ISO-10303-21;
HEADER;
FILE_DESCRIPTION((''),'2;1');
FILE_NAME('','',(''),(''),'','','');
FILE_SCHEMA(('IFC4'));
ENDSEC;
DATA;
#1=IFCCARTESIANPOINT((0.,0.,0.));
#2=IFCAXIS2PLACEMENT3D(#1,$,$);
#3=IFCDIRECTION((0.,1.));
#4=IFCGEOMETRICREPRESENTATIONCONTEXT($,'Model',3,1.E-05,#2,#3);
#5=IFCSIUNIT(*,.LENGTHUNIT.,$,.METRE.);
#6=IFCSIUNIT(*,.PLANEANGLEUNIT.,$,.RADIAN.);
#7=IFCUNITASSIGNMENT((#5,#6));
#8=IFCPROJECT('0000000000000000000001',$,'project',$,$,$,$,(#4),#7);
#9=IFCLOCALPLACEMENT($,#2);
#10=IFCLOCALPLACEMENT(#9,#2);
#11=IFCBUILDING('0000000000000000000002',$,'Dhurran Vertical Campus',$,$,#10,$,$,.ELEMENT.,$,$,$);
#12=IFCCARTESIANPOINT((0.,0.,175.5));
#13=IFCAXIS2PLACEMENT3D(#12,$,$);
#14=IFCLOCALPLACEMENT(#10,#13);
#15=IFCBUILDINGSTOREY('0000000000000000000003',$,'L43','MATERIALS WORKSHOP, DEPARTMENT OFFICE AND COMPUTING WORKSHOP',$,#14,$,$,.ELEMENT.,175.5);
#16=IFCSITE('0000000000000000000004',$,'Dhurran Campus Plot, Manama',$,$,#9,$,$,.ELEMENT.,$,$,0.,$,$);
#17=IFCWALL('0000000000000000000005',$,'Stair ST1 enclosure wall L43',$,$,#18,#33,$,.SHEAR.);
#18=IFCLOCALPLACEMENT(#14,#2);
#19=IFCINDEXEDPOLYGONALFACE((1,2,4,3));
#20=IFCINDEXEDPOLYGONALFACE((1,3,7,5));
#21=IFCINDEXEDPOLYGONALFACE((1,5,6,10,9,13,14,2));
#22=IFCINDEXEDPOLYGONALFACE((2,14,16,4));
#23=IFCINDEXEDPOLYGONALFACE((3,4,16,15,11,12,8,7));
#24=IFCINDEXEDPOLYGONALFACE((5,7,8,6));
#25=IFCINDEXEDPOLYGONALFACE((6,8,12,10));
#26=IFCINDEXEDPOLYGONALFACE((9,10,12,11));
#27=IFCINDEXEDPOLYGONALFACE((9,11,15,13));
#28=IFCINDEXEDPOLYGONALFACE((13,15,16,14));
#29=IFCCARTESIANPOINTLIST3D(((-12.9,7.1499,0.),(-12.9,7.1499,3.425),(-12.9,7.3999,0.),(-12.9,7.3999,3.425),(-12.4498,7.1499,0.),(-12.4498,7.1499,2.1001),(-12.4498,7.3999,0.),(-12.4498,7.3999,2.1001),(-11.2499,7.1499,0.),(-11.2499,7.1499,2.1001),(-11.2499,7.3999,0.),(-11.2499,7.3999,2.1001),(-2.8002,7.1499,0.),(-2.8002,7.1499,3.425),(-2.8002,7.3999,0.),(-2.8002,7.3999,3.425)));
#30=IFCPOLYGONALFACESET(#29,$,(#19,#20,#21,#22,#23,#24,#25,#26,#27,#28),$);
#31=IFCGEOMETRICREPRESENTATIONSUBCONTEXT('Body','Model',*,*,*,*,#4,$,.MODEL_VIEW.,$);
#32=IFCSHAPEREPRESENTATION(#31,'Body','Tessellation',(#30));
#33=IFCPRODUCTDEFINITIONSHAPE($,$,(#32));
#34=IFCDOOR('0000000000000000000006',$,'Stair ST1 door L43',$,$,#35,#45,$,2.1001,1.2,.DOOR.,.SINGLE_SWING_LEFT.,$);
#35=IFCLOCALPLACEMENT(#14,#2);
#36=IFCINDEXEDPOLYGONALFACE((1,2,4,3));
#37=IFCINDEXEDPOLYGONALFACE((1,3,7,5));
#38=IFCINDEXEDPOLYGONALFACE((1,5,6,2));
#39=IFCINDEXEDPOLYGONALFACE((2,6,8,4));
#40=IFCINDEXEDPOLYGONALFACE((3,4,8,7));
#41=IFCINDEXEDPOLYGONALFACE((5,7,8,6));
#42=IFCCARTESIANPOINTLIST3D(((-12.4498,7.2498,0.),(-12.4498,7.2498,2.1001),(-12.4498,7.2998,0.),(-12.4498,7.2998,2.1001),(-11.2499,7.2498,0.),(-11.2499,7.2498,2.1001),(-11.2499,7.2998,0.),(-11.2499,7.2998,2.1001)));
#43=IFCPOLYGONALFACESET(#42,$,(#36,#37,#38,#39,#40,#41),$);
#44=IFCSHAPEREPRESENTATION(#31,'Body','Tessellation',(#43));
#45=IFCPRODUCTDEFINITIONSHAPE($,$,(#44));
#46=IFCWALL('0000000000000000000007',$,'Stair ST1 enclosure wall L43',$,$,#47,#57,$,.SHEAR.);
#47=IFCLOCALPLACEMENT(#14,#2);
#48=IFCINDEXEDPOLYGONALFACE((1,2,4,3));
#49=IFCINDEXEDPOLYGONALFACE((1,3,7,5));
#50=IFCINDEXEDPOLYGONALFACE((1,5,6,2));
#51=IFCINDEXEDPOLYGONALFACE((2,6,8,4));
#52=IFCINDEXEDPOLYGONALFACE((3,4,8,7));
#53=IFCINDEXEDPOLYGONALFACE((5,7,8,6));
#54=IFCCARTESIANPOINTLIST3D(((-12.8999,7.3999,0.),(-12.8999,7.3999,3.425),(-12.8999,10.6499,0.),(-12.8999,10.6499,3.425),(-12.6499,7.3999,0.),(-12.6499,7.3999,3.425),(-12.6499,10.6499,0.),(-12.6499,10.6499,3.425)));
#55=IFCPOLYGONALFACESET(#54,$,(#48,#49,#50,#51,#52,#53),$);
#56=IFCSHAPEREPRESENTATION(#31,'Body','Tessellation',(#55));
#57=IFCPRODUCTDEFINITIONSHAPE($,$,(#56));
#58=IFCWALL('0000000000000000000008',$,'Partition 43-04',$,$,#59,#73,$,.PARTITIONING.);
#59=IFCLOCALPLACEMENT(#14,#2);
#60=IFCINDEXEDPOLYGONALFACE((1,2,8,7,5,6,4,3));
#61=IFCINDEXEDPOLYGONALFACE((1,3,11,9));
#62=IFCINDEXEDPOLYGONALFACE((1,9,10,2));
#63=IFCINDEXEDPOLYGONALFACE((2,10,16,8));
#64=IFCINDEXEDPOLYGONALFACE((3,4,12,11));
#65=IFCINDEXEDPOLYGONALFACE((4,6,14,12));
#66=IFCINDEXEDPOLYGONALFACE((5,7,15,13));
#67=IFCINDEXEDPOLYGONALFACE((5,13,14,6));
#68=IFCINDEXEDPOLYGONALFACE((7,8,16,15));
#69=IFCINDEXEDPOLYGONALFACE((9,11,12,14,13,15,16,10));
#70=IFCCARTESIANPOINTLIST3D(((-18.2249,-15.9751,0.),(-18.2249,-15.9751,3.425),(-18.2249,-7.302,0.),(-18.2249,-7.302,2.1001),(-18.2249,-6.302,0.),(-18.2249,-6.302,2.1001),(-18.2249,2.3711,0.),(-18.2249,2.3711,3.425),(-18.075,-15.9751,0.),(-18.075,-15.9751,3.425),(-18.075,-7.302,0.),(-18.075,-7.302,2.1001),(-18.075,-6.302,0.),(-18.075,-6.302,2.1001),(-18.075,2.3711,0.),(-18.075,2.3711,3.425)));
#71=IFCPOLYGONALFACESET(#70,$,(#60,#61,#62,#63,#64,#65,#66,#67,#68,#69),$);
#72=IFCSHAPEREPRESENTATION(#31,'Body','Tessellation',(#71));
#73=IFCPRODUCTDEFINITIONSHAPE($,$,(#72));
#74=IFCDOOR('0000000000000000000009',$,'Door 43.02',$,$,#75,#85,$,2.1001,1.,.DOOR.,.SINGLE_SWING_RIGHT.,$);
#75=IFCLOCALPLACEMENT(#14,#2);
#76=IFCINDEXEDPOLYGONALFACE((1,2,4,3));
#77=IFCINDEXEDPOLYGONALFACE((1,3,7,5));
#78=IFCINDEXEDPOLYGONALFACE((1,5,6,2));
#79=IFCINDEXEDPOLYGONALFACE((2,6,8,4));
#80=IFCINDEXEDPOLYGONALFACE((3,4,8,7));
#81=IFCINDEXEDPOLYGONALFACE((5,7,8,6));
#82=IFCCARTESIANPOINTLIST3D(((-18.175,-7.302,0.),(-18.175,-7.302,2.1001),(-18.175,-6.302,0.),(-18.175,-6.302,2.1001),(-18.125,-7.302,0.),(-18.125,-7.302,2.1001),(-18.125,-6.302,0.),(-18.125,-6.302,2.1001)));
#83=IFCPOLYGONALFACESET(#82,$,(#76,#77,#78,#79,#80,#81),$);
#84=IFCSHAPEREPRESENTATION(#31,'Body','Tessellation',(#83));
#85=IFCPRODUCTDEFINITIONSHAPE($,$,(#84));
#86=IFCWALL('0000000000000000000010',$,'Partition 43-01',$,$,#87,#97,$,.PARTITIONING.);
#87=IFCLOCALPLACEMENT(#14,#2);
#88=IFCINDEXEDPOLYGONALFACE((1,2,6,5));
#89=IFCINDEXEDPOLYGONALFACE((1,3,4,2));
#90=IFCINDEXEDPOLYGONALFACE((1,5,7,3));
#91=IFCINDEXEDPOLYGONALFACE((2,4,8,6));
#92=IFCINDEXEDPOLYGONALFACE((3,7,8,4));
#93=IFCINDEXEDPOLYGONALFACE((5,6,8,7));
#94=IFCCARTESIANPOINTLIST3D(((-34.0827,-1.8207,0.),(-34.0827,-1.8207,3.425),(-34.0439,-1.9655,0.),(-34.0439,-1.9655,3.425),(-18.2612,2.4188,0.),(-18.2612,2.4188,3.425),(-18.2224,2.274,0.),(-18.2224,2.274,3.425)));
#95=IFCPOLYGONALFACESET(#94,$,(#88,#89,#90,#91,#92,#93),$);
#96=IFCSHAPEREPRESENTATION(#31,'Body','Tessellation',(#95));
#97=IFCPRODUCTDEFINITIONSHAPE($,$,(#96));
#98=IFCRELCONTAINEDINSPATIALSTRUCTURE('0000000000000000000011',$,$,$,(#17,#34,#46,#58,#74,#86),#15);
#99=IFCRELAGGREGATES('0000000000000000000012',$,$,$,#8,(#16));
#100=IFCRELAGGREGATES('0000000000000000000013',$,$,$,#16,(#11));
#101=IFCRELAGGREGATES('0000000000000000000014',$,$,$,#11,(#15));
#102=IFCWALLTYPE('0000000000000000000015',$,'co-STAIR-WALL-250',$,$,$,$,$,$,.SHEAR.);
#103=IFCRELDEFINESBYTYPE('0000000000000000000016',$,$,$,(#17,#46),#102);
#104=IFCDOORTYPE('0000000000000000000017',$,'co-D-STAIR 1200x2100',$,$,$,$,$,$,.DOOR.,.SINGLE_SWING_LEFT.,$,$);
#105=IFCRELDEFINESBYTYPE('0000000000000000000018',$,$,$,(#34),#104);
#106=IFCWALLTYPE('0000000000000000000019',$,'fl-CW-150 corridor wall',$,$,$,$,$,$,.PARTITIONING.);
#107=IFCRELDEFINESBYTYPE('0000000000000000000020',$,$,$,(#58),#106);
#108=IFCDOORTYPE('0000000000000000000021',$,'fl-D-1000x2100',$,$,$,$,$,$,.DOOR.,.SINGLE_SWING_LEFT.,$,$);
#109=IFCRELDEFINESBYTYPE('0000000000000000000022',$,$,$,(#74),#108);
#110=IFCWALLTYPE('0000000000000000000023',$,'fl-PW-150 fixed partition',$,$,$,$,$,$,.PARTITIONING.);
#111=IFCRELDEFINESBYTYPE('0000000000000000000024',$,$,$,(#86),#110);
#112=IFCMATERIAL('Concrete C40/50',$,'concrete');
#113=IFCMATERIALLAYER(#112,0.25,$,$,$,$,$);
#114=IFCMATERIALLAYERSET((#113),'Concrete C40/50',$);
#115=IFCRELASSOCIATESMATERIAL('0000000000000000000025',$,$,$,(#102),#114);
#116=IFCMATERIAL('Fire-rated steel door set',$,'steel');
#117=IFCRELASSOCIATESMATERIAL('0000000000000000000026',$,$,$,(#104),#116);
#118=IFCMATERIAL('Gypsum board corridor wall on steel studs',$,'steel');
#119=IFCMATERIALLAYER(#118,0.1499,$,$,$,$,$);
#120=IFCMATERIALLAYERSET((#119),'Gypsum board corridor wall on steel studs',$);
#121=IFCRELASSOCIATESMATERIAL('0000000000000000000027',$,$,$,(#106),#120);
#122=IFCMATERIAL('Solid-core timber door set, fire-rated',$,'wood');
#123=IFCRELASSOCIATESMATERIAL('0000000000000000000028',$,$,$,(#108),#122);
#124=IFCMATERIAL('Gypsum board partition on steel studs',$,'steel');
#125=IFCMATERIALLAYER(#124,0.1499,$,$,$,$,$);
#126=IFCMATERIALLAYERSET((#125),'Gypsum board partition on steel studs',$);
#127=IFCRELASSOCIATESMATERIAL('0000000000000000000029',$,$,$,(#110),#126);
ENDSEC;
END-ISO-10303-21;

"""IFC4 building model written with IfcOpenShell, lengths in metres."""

from ifc_helpers import new_model, si_unit, direction, frame, frame_2d, origin, place, context, subcontext, project, spatial, rectangle, extrude, material, layer, layer_set, type_object, element, fill, save


model = new_model("IFC4")

# Units and contexts
model_context = context("Model", 3, precision=1e-05, world=origin(), true_north=direction((0.0, 1.0)))
body_context = subcontext(model_context, "Body", "Model", "MODEL_VIEW")
ifc_project = project(units=[si_unit("LENGTHUNIT", "METRE"), si_unit("PLANEANGLEUNIT", "RADIAN")], contexts=[model_context])

# Site, building, storey
site_placement = place(None, origin())
site = spatial("IfcSite", under=ifc_project, at=site_placement, Name="Dhurran Campus Plot, Manama", CompositionType="ELEMENT", RefElevation=0.0)
building_placement = place(site_placement, origin())
building = spatial("IfcBuilding", under=site, at=building_placement, Name="Dhurran Vertical Campus", CompositionType="ELEMENT")
storey_placement = place(building_placement, frame((0.0, 0.0, 175.5)))
storey = spatial("IfcBuildingStorey", under=building, at=storey_placement, Name="L43", Description="MATERIALS WORKSHOP, DEPARTMENT OFFICE AND COMPUTING WORKSHOP", CompositionType="ELEMENT", Elevation=175.5)

# Wall, opening, door
ifc_material_1 = material(Name="Concrete C40/50", Category="concrete")
ifc_layer_1 = layer(ifc_material_1, 0.25)
ifc_layer_set_1 = layer_set([ifc_layer_1], Name="Concrete C40/50")
wall_type_1 = type_object("IfcWallType", Name="co-STAIR-WALL-250", PredefinedType="SHEAR", material=ifc_layer_set_1)
wall_1_placement = place(storey_placement, frame((-12.8999, 7.2749, 0.0), z_axis=(0.0, 0.0, 1.0), x_axis=(1.0, 0.0, 0.0)))
wall_1 = element("IfcWall", 1, at=wall_1_placement, inside=storey, type_object=wall_type_1, Name="Stair ST1 enclosure wall L43", PredefinedType="SHEAR", context=body_context, shape_type="SweptSolid", body=[
    extrude(rectangle(XDim=10.0999, YDim=0.25, at=frame_2d((5.0498, 0.0))), origin(), (0.0, 0.0, 1.0), 3.425),
])
opening_1_placement = place(wall_1_placement, frame((0.45, 0.0, 0.0)))
opening_1 = element("IfcOpeningElement", 2, at=opening_1_placement, cuts=wall_1, PredefinedType="OPENING", context=body_context, shape_type="SweptSolid", body=[
    extrude(rectangle(XDim=1.2, YDim=2.1001, at=frame_2d((0.6001, 1.05))), frame((0.0, 0.135, 0.0), z_axis=(0.0, -1.0, 0.0), x_axis=(1.0, 0.0, 0.0)), (0.0, 0.0, 1.0), 0.27),
])
ifc_material_2 = material(Name="Fire-rated steel door set", Category="steel")
door_type_1 = type_object("IfcDoorType", Name="co-D-STAIR 1200x2100", OperationType="SINGLE_SWING_LEFT", PredefinedType="DOOR", material=ifc_material_2)
door_1_placement = place(opening_1_placement, origin())
door_1 = element("IfcDoor", 3, at=door_1_placement, inside=storey, type_object=door_type_1, Name="Stair ST1 door L43", OperationType="SINGLE_SWING_LEFT", OverallHeight=2.1001, OverallWidth=1.2, PredefinedType="DOOR", context=body_context, shape_type="SweptSolid", body=[
    extrude(rectangle(XDim=1.2, YDim=2.1001, at=frame_2d((0.6001, 1.05))), frame((0.0, 0.0249, 0.0), z_axis=(0.0, -1.0, 0.0), x_axis=(1.0, 0.0, 0.0)), (0.0, 0.0, 1.0), 0.05),
])
fill(opening_1, door_1)

# Wall
wall_2_placement = place(storey_placement, frame((-12.7749, 7.3999, 0.0), z_axis=(0.0, 0.0, 1.0), x_axis=(0.0, 1.0, 0.0)))
element("IfcWall", 4, at=wall_2_placement, inside=storey, type_object=wall_type_1, Name="Stair ST1 enclosure wall L43", PredefinedType="SHEAR", context=body_context, shape_type="SweptSolid", body=[
    extrude(rectangle(XDim=3.25, YDim=0.25, at=frame_2d((1.625, 0.0))), origin(), (0.0, 0.0, 1.0), 3.425),
])

# Wall, opening, door
ifc_material_3 = material(Name="Gypsum board corridor wall on steel studs", Category="steel")
ifc_layer_2 = layer(ifc_material_3, 0.1499)
ifc_layer_set_2 = layer_set([ifc_layer_2], Name="Gypsum board corridor wall on steel studs")
wall_type_2 = type_object("IfcWallType", Name="fl-CW-150 corridor wall", PredefinedType="PARTITIONING", material=ifc_layer_set_2)
wall_3_placement = place(storey_placement, frame((-18.1499, 2.3711, 0.0), z_axis=(0.0, 0.0, 1.0), x_axis=(0.0, -1.0, 0.0)))
wall_3 = element("IfcWall", 5, at=wall_3_placement, inside=storey, type_object=wall_type_2, Name="Partition 43-04", PredefinedType="PARTITIONING", context=body_context, shape_type="SweptSolid", body=[
    extrude(rectangle(XDim=18.3462, YDim=0.1499, at=frame_2d((9.1731, 0.0))), origin(), (0.0, 0.0, 1.0), 3.425),
])
opening_2_placement = place(wall_3_placement, frame((8.6731, 0.0, 0.0)))
opening_2 = element("IfcOpeningElement", 6, at=opening_2_placement, cuts=wall_3, PredefinedType="OPENING", context=body_context, shape_type="SweptSolid", body=[
    extrude(rectangle(XDim=1.0, YDim=2.1001, at=frame_2d((0.5, 1.05))), frame((0.0, 0.085, 0.0), z_axis=(0.0, -1.0, 0.0), x_axis=(1.0, 0.0, 0.0)), (0.0, 0.0, 1.0), 0.1699),
])
ifc_material_4 = material(Name="Solid-core timber door set, fire-rated", Category="wood")
door_type_2 = type_object("IfcDoorType", Name="fl-D-1000x2100", OperationType="SINGLE_SWING_LEFT", PredefinedType="DOOR", material=ifc_material_4)
door_2_placement = place(opening_2_placement, origin())
door_2 = element("IfcDoor", 7, at=door_2_placement, inside=storey, type_object=door_type_2, Name="Door 43.02", OperationType="SINGLE_SWING_RIGHT", OverallHeight=2.1001, OverallWidth=1.0, PredefinedType="DOOR", context=body_context, shape_type="SweptSolid", body=[
    extrude(rectangle(XDim=1.0, YDim=2.1001, at=frame_2d((0.5, 1.05))), frame((0.0, 0.0249, 0.0), z_axis=(0.0, -1.0, 0.0), x_axis=(1.0, 0.0, 0.0)), (0.0, 0.0, 1.0), 0.05),
])
fill(opening_2, door_2)

# Wall
ifc_material_5 = material(Name="Gypsum board partition on steel studs", Category="steel")
ifc_layer_3 = layer(ifc_material_5, 0.1499)
ifc_layer_set_3 = layer_set([ifc_layer_3], Name="Gypsum board partition on steel studs")
wall_type_3 = type_object("IfcWallType", Name="fl-PW-150 fixed partition", PredefinedType="PARTITIONING", material=ifc_layer_set_3)
wall_4_placement = place(storey_placement, frame((-18.2417, 2.3464, 0.0), z_axis=(0.0, 0.0, 1.0), x_axis=(-0.965924, -0.258827, 0.0)))
element("IfcWall", 8, at=wall_4_placement, inside=storey, type_object=wall_type_3, Name="Partition 43-01", PredefinedType="PARTITIONING", context=body_context, shape_type="SweptSolid", body=[
    extrude(rectangle(XDim=16.3796, YDim=0.1499, at=frame_2d((8.1899, 0.0))), origin(), (0.0, 0.0, 1.0), 3.425),
])

save(model, "model.ifc")
